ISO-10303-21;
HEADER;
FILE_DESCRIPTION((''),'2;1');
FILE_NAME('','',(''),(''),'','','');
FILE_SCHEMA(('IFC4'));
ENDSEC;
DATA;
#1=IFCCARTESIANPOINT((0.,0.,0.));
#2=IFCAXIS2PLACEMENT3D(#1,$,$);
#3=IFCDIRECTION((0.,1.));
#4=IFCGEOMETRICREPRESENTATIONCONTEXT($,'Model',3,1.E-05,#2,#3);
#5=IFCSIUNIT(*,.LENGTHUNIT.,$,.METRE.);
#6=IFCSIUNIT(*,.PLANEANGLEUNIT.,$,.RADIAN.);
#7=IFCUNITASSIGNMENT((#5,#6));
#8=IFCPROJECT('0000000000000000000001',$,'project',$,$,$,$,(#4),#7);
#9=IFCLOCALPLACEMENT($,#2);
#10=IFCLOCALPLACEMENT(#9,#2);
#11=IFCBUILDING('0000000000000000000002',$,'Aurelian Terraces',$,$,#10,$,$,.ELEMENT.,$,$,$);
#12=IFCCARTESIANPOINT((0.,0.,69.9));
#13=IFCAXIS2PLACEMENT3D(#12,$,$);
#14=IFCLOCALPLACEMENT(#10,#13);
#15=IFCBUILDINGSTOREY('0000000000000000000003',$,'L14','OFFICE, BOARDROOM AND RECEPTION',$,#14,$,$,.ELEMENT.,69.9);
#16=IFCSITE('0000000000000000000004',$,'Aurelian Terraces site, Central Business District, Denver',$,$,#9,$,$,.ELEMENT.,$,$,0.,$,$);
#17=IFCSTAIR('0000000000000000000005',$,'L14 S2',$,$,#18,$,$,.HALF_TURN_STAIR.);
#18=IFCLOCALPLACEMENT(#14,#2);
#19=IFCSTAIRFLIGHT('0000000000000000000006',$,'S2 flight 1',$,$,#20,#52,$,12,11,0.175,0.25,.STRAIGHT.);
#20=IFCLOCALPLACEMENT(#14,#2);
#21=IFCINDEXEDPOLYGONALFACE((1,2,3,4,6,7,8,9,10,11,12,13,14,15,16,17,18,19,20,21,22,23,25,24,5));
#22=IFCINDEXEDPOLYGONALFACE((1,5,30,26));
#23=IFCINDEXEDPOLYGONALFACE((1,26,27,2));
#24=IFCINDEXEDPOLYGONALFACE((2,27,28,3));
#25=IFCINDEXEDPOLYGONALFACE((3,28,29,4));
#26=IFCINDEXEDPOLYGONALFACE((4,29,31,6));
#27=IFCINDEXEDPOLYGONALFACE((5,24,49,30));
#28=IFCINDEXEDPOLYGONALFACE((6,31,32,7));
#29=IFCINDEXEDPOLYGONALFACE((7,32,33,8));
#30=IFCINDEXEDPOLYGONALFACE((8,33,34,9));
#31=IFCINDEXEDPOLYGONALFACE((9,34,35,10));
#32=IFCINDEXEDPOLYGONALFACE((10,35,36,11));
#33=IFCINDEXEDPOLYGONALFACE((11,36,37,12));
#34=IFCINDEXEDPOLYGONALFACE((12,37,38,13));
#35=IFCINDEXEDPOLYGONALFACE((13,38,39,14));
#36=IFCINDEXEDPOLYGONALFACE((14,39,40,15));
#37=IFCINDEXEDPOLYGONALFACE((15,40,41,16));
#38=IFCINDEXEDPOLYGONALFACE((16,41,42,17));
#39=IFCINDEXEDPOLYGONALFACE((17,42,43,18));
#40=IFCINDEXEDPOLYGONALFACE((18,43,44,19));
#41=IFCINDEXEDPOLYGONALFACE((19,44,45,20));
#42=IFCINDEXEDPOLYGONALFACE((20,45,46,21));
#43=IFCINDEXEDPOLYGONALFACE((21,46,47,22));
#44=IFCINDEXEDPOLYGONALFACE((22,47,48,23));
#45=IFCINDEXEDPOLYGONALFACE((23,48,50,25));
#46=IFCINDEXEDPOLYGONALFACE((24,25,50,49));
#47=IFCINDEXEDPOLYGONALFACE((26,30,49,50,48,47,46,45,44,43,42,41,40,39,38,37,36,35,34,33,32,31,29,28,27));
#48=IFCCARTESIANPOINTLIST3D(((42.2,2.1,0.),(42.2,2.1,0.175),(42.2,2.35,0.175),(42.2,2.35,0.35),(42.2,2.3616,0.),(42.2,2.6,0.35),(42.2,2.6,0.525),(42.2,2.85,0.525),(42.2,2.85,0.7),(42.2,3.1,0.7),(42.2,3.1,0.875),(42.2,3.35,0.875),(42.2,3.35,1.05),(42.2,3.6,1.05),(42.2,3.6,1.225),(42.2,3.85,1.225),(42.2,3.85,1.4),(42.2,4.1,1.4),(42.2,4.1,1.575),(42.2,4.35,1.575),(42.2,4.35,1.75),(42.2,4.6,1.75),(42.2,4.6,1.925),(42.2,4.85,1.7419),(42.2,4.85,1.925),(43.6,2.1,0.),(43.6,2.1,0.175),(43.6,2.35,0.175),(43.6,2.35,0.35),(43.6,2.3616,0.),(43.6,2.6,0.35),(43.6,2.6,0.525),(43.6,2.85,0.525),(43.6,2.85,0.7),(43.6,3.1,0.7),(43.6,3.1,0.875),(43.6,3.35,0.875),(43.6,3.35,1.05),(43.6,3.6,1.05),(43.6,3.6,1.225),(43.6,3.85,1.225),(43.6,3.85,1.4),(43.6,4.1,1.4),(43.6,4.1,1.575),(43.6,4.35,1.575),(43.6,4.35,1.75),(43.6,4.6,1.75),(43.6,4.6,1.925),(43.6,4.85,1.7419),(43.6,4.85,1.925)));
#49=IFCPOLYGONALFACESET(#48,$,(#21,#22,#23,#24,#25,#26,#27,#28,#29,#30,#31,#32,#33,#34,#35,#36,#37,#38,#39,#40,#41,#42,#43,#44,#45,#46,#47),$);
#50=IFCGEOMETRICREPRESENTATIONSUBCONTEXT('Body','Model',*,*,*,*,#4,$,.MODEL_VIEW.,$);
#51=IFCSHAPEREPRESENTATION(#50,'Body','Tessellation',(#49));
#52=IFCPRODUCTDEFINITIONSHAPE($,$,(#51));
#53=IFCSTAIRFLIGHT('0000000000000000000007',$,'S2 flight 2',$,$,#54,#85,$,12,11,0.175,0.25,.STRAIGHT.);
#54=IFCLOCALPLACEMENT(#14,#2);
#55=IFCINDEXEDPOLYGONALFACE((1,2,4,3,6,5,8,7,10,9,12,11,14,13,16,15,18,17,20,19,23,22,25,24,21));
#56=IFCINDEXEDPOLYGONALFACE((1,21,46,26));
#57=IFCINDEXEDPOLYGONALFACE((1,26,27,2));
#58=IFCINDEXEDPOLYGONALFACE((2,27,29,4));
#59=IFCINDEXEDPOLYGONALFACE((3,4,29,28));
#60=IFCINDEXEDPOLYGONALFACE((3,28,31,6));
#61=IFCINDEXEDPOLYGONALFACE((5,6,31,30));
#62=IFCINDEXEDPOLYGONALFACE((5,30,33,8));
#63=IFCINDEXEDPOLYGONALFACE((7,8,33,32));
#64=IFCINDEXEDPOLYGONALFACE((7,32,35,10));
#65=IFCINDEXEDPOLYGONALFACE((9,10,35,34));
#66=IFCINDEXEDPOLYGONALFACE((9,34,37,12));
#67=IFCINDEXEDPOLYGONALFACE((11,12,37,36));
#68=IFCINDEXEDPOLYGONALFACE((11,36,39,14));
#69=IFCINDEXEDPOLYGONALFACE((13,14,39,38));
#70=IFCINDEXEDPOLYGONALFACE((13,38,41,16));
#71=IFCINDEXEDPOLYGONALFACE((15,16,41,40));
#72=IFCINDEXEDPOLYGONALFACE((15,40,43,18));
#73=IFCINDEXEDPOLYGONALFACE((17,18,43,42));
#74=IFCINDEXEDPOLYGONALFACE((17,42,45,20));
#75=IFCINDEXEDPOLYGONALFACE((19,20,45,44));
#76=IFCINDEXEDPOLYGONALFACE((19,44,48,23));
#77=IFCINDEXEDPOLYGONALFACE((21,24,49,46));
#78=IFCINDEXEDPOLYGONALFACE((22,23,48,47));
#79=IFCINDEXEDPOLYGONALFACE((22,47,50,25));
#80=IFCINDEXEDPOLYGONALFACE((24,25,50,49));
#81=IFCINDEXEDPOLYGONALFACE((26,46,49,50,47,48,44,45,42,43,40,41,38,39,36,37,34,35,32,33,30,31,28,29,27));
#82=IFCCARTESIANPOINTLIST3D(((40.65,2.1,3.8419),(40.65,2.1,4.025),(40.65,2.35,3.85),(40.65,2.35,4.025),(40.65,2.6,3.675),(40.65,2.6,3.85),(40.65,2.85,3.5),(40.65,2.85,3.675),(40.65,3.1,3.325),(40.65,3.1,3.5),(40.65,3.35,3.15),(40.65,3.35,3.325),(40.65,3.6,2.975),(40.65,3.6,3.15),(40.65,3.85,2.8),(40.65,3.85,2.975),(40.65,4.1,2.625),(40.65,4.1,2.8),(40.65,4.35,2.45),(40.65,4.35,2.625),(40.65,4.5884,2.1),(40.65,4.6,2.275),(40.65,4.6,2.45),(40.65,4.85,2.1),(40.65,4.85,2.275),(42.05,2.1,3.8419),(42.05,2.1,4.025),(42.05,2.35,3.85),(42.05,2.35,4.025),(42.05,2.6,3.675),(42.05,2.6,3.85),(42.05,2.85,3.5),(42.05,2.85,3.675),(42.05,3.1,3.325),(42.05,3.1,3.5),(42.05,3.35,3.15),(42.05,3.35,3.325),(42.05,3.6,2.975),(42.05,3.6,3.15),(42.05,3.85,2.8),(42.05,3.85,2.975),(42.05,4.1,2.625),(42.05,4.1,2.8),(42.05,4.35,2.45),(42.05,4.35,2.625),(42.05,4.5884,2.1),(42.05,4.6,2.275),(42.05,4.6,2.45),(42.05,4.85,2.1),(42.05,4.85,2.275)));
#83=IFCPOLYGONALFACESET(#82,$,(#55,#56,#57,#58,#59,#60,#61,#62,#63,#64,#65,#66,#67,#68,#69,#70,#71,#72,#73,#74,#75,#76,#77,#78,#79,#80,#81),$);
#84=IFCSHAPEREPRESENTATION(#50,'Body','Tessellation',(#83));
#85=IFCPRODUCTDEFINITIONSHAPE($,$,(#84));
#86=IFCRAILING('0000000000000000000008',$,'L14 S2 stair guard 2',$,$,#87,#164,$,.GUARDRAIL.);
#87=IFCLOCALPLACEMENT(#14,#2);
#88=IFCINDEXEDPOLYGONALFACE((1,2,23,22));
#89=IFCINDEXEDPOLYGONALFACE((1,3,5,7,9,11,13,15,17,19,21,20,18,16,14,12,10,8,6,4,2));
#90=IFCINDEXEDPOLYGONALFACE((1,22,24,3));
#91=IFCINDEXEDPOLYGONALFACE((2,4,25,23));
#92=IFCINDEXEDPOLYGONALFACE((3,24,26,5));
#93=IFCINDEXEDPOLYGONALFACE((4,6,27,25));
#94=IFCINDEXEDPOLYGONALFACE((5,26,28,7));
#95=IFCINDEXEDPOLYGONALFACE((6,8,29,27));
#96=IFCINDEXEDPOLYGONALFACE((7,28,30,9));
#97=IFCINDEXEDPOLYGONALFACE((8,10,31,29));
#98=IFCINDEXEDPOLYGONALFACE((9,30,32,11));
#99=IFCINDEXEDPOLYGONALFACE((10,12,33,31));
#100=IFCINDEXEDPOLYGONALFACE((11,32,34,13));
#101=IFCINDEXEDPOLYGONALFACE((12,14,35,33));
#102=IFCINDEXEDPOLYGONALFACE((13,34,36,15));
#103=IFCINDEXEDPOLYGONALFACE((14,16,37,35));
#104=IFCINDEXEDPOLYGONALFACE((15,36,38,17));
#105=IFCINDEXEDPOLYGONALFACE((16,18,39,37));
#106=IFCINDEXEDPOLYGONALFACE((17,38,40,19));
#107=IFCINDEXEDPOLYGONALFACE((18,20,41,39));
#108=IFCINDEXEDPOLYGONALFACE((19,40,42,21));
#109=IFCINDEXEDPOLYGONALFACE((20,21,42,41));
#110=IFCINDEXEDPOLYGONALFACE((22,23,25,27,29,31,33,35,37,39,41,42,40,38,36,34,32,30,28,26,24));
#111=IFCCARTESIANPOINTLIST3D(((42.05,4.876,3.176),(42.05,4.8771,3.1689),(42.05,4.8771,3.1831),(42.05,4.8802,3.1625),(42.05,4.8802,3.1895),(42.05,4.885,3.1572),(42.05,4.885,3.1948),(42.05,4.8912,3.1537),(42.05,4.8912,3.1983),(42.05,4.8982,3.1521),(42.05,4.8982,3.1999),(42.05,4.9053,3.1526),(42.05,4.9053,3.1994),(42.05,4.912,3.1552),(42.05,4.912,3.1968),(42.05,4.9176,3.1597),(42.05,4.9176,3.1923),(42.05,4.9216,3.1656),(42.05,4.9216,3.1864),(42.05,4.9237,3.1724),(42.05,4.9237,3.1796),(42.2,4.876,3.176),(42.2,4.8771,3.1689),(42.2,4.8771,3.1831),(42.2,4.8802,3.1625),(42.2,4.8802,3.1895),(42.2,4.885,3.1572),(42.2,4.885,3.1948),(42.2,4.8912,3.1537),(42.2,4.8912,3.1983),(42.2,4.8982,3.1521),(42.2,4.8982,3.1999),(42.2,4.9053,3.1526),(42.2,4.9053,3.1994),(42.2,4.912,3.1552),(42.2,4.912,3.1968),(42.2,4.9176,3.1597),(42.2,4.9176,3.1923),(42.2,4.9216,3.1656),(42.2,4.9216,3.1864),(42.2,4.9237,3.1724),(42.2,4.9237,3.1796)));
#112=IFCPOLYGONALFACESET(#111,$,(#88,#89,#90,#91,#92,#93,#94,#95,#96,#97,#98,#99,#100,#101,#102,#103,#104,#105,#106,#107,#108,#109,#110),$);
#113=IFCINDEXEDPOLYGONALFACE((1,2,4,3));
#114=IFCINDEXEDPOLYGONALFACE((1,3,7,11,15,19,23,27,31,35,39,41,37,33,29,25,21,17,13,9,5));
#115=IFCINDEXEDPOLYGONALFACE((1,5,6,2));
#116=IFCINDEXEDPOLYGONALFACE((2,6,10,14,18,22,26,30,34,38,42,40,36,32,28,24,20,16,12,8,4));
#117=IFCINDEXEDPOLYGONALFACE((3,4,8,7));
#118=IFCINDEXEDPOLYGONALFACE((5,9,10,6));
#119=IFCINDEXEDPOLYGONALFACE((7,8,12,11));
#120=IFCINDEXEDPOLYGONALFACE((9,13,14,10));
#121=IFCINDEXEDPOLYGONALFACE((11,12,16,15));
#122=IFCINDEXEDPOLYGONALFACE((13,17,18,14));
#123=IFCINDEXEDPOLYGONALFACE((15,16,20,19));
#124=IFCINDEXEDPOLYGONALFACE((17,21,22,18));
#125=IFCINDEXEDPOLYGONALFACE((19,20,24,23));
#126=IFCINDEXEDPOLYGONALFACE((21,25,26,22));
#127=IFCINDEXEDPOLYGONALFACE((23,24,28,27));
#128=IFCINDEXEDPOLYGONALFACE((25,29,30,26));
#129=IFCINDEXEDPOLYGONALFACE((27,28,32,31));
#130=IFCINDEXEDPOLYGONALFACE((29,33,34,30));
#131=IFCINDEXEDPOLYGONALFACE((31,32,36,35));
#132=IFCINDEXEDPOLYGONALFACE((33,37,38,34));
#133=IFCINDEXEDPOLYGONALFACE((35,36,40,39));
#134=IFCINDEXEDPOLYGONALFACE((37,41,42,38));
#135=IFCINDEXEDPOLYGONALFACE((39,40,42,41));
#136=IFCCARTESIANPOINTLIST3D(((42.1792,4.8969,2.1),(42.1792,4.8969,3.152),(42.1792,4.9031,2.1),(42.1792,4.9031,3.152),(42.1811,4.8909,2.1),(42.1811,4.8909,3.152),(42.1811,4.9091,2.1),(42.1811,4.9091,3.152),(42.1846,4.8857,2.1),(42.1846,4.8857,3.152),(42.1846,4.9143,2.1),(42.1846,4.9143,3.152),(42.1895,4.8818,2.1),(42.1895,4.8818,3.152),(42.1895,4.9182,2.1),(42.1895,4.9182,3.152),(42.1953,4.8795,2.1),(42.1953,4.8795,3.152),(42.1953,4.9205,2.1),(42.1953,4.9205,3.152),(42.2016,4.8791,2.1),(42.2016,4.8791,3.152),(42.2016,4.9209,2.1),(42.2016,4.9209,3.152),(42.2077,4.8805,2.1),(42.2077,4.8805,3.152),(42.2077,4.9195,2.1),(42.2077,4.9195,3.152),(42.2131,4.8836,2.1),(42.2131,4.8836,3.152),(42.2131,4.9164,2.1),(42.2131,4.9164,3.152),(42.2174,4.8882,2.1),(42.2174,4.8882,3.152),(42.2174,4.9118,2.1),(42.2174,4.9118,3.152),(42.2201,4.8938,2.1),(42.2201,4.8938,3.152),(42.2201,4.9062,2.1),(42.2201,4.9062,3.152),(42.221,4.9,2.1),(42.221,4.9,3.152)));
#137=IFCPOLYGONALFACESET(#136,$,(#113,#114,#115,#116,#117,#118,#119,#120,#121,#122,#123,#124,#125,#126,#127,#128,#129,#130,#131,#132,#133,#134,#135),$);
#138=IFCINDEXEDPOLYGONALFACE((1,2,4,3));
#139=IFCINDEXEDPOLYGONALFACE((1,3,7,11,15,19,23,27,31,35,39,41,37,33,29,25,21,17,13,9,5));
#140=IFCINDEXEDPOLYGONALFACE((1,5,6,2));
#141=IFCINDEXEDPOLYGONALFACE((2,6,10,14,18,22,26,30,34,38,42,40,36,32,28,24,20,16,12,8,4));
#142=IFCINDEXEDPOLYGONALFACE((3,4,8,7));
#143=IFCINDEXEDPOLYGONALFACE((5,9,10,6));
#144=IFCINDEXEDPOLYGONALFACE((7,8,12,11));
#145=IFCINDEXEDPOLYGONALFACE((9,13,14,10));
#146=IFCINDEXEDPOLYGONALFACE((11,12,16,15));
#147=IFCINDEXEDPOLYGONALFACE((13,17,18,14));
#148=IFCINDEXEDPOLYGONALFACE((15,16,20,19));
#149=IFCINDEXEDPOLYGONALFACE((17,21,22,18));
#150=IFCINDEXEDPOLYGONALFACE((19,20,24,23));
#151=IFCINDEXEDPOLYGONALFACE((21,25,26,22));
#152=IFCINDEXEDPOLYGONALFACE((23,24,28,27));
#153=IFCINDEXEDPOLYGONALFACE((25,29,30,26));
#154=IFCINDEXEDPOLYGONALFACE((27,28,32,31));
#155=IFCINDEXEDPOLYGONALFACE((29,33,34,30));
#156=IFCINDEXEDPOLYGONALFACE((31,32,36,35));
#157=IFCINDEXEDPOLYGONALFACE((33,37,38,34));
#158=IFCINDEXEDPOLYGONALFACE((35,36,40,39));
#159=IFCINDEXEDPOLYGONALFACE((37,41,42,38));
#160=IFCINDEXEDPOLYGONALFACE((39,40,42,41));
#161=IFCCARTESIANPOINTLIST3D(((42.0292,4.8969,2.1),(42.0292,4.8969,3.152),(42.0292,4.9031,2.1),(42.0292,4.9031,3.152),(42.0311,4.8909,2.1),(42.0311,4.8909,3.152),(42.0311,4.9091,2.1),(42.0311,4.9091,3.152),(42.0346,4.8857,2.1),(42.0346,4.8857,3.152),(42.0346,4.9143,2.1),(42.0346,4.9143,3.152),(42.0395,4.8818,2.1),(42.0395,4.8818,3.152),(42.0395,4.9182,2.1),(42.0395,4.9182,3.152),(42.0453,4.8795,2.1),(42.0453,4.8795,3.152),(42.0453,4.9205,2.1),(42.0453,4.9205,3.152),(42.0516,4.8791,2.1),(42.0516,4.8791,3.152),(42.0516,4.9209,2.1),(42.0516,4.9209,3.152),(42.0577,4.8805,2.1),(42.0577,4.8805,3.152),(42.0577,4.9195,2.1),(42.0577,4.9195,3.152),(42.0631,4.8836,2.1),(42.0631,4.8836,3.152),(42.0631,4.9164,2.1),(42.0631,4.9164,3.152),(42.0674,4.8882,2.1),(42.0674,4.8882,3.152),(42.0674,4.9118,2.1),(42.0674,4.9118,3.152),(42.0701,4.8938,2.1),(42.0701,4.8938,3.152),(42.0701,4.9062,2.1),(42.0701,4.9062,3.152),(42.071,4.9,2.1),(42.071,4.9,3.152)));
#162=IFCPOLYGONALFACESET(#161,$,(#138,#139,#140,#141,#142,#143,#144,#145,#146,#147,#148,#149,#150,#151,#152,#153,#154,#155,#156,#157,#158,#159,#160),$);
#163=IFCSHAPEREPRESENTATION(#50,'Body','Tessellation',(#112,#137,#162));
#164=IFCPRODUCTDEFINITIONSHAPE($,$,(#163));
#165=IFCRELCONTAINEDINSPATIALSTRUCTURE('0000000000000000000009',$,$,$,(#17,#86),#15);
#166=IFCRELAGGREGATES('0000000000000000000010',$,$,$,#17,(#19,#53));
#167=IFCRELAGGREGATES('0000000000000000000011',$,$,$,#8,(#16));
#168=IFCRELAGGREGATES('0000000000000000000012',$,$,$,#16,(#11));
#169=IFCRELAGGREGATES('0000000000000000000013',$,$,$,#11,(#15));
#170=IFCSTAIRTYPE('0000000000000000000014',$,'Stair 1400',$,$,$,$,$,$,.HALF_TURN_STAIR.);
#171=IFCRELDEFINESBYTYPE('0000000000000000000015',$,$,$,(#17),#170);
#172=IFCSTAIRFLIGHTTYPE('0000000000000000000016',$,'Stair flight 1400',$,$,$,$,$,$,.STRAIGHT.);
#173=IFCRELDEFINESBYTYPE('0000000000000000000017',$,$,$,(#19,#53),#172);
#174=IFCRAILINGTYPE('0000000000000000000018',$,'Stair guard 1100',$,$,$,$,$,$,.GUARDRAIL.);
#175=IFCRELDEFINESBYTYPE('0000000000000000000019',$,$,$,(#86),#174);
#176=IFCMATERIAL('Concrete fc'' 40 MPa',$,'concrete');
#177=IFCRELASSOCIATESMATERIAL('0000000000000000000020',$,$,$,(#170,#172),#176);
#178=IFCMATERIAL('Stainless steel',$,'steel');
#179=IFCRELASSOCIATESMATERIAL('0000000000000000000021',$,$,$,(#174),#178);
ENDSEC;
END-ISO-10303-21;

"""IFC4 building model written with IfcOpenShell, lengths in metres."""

from ifc_helpers import new_model, si_unit, direction, frame, origin, origin_2d, place, context, subcontext, project, spatial, polyline, circle, outline, extrude, source, transform, mapped, material, type_object, element, aggregate, save


model = new_model("IFC4")

# Units and contexts
model_context = context("Model", 3, precision=1e-05, world=origin(), true_north=direction((0.0, 1.0)))
body_context = subcontext(model_context, "Body", "Model", "MODEL_VIEW")
ifc_project = project(units=[si_unit("LENGTHUNIT", "METRE"), si_unit("PLANEANGLEUNIT", "RADIAN")], contexts=[model_context])

# Site, building, storey
site_placement = place(None, origin())
site = spatial("IfcSite", under=ifc_project, at=site_placement, Name="Aurelian Terraces site, Central Business District, Denver", CompositionType="ELEMENT", RefElevation=0.0)
building_placement = place(site_placement, origin())
building = spatial("IfcBuilding", under=site, at=building_placement, Name="Aurelian Terraces", CompositionType="ELEMENT")
storey_placement = place(building_placement, frame((0.0, 0.0, 69.9)))
storey = spatial("IfcBuildingStorey", under=building, at=storey_placement, Name="L14", Description="OFFICE, BOARDROOM AND RECEPTION", CompositionType="ELEMENT", Elevation=69.9)

# Shared definitions
ifc_material_1 = material(Name="Concrete fc' 40 MPa", Category="concrete")

# Stair, stair flights
stair_type = type_object("IfcStairType", Name="Stair 1400", PredefinedType="HALF_TURN_STAIR", material=ifc_material_1)
stair_placement = place(storey_placement, origin())
stair = element("IfcStair", 1, at=stair_placement, inside=storey, type_object=stair_type, Name="L14 S2", PredefinedType="HALF_TURN_STAIR")
stair_flight_type = type_object("IfcStairFlightType", Name="Stair flight 1400", PredefinedType="STRAIGHT", material=ifc_material_1)
shared_shape_1 = source(origin(), body_context, "Body", "SweptSolid", [
    extrude(outline(polyline([(0.0, 0.0), (0.0, 0.175), (0.25, 0.175), (0.25, 0.35), (0.5, 0.35), (0.5, 0.525), (0.75, 0.525), (0.75, 0.7), (1.0, 0.7), (1.0, 0.875), (1.25, 0.875), (1.25, 1.05), (1.5, 1.05), (1.5, 1.225), (1.75, 1.225), (1.75, 1.4), (2.0, 1.4), (2.0, 1.575), (2.25, 1.575), (2.25, 1.75), (2.5, 1.75), (2.5, 1.925), (2.75, 1.925), (2.75, 2.1), (2.75, 1.7419), (0.2616, 0.0), (0.0, 0.0)])), frame((0.0, 0.7, 0.0), z_axis=(0.0, -1.0, 0.0), x_axis=(1.0, 0.0, 0.0)), (0.0, 0.0, 1.0), 1.4),
])
stair_flight_1_placement = place(storey_placement, frame((42.9, 2.1, 0.0), z_axis=(0.0, 0.0, 1.0), x_axis=(0.0, 1.0, 0.0)))
stair_flight_1 = element("IfcStairFlight", 2, at=stair_flight_1_placement, type_object=stair_flight_type, Name="S2 flight 1", NumberOfRisers=12, NumberOfTreads=11, PredefinedType="STRAIGHT", RiserHeight=0.175, TreadLength=0.25, context=body_context, shape_type="MappedRepresentation", body=[
    mapped(shared_shape_1, transform((0.0, 0.0, 0.0), scale=1.0)),
])
stair_flight_2_placement = place(storey_placement, frame((41.35, 4.85, 2.1), z_axis=(0.0, 0.0, 1.0), x_axis=(0.0, -1.0, 0.0)))
stair_flight_2 = element("IfcStairFlight", 3, at=stair_flight_2_placement, type_object=stair_flight_type, Name="S2 flight 2", NumberOfRisers=12, NumberOfTreads=11, PredefinedType="STRAIGHT", RiserHeight=0.175, TreadLength=0.25, context=body_context, shape_type="MappedRepresentation", body=[
    mapped(shared_shape_1, transform((0.0, 0.0, 0.0), scale=1.0)),
])
aggregate(stair, [stair_flight_1, stair_flight_2])

# Railing
ifc_material_2 = material(Name="Stainless steel", Category="steel")
railing_type_1 = type_object("IfcRailingType", Name="Stair guard 1100", PredefinedType="GUARDRAIL", material=ifc_material_2)
shared_shape_2 = source(origin(), body_context, "Body", "SweptSolid", [
    extrude(circle(Radius=0.024, at=origin_2d()), frame((0.0, 0.0, 1.076), z_axis=(-1.0, 0.0, 0.0), x_axis=(0.0, -1.0, 0.0)), (0.0, 0.0, 1.0), 0.15),
    extrude(circle(Radius=0.021, at=origin_2d()), origin(), (0.0, 0.0, 1.0), 1.052),
    extrude(circle(Radius=0.021, at=origin_2d()), frame((-0.15, 0.0, 0.0)), (0.0, 0.0, 1.0), 1.052),
])
for number, where, name in (
    (4, (42.2, 4.9, 2.1), "L14 S2 stair guard 2"),
):
    element("IfcRailing", number, at=place(storey_placement, frame(where)), inside=storey, type_object=railing_type_1, Name=name, PredefinedType="GUARDRAIL", context=body_context, shape_type="MappedRepresentation", body=[
        mapped(shared_shape_2, transform((0.0, 0.0, 0.0), scale=1.0)),
    ])

save(model, "model.ifc")
